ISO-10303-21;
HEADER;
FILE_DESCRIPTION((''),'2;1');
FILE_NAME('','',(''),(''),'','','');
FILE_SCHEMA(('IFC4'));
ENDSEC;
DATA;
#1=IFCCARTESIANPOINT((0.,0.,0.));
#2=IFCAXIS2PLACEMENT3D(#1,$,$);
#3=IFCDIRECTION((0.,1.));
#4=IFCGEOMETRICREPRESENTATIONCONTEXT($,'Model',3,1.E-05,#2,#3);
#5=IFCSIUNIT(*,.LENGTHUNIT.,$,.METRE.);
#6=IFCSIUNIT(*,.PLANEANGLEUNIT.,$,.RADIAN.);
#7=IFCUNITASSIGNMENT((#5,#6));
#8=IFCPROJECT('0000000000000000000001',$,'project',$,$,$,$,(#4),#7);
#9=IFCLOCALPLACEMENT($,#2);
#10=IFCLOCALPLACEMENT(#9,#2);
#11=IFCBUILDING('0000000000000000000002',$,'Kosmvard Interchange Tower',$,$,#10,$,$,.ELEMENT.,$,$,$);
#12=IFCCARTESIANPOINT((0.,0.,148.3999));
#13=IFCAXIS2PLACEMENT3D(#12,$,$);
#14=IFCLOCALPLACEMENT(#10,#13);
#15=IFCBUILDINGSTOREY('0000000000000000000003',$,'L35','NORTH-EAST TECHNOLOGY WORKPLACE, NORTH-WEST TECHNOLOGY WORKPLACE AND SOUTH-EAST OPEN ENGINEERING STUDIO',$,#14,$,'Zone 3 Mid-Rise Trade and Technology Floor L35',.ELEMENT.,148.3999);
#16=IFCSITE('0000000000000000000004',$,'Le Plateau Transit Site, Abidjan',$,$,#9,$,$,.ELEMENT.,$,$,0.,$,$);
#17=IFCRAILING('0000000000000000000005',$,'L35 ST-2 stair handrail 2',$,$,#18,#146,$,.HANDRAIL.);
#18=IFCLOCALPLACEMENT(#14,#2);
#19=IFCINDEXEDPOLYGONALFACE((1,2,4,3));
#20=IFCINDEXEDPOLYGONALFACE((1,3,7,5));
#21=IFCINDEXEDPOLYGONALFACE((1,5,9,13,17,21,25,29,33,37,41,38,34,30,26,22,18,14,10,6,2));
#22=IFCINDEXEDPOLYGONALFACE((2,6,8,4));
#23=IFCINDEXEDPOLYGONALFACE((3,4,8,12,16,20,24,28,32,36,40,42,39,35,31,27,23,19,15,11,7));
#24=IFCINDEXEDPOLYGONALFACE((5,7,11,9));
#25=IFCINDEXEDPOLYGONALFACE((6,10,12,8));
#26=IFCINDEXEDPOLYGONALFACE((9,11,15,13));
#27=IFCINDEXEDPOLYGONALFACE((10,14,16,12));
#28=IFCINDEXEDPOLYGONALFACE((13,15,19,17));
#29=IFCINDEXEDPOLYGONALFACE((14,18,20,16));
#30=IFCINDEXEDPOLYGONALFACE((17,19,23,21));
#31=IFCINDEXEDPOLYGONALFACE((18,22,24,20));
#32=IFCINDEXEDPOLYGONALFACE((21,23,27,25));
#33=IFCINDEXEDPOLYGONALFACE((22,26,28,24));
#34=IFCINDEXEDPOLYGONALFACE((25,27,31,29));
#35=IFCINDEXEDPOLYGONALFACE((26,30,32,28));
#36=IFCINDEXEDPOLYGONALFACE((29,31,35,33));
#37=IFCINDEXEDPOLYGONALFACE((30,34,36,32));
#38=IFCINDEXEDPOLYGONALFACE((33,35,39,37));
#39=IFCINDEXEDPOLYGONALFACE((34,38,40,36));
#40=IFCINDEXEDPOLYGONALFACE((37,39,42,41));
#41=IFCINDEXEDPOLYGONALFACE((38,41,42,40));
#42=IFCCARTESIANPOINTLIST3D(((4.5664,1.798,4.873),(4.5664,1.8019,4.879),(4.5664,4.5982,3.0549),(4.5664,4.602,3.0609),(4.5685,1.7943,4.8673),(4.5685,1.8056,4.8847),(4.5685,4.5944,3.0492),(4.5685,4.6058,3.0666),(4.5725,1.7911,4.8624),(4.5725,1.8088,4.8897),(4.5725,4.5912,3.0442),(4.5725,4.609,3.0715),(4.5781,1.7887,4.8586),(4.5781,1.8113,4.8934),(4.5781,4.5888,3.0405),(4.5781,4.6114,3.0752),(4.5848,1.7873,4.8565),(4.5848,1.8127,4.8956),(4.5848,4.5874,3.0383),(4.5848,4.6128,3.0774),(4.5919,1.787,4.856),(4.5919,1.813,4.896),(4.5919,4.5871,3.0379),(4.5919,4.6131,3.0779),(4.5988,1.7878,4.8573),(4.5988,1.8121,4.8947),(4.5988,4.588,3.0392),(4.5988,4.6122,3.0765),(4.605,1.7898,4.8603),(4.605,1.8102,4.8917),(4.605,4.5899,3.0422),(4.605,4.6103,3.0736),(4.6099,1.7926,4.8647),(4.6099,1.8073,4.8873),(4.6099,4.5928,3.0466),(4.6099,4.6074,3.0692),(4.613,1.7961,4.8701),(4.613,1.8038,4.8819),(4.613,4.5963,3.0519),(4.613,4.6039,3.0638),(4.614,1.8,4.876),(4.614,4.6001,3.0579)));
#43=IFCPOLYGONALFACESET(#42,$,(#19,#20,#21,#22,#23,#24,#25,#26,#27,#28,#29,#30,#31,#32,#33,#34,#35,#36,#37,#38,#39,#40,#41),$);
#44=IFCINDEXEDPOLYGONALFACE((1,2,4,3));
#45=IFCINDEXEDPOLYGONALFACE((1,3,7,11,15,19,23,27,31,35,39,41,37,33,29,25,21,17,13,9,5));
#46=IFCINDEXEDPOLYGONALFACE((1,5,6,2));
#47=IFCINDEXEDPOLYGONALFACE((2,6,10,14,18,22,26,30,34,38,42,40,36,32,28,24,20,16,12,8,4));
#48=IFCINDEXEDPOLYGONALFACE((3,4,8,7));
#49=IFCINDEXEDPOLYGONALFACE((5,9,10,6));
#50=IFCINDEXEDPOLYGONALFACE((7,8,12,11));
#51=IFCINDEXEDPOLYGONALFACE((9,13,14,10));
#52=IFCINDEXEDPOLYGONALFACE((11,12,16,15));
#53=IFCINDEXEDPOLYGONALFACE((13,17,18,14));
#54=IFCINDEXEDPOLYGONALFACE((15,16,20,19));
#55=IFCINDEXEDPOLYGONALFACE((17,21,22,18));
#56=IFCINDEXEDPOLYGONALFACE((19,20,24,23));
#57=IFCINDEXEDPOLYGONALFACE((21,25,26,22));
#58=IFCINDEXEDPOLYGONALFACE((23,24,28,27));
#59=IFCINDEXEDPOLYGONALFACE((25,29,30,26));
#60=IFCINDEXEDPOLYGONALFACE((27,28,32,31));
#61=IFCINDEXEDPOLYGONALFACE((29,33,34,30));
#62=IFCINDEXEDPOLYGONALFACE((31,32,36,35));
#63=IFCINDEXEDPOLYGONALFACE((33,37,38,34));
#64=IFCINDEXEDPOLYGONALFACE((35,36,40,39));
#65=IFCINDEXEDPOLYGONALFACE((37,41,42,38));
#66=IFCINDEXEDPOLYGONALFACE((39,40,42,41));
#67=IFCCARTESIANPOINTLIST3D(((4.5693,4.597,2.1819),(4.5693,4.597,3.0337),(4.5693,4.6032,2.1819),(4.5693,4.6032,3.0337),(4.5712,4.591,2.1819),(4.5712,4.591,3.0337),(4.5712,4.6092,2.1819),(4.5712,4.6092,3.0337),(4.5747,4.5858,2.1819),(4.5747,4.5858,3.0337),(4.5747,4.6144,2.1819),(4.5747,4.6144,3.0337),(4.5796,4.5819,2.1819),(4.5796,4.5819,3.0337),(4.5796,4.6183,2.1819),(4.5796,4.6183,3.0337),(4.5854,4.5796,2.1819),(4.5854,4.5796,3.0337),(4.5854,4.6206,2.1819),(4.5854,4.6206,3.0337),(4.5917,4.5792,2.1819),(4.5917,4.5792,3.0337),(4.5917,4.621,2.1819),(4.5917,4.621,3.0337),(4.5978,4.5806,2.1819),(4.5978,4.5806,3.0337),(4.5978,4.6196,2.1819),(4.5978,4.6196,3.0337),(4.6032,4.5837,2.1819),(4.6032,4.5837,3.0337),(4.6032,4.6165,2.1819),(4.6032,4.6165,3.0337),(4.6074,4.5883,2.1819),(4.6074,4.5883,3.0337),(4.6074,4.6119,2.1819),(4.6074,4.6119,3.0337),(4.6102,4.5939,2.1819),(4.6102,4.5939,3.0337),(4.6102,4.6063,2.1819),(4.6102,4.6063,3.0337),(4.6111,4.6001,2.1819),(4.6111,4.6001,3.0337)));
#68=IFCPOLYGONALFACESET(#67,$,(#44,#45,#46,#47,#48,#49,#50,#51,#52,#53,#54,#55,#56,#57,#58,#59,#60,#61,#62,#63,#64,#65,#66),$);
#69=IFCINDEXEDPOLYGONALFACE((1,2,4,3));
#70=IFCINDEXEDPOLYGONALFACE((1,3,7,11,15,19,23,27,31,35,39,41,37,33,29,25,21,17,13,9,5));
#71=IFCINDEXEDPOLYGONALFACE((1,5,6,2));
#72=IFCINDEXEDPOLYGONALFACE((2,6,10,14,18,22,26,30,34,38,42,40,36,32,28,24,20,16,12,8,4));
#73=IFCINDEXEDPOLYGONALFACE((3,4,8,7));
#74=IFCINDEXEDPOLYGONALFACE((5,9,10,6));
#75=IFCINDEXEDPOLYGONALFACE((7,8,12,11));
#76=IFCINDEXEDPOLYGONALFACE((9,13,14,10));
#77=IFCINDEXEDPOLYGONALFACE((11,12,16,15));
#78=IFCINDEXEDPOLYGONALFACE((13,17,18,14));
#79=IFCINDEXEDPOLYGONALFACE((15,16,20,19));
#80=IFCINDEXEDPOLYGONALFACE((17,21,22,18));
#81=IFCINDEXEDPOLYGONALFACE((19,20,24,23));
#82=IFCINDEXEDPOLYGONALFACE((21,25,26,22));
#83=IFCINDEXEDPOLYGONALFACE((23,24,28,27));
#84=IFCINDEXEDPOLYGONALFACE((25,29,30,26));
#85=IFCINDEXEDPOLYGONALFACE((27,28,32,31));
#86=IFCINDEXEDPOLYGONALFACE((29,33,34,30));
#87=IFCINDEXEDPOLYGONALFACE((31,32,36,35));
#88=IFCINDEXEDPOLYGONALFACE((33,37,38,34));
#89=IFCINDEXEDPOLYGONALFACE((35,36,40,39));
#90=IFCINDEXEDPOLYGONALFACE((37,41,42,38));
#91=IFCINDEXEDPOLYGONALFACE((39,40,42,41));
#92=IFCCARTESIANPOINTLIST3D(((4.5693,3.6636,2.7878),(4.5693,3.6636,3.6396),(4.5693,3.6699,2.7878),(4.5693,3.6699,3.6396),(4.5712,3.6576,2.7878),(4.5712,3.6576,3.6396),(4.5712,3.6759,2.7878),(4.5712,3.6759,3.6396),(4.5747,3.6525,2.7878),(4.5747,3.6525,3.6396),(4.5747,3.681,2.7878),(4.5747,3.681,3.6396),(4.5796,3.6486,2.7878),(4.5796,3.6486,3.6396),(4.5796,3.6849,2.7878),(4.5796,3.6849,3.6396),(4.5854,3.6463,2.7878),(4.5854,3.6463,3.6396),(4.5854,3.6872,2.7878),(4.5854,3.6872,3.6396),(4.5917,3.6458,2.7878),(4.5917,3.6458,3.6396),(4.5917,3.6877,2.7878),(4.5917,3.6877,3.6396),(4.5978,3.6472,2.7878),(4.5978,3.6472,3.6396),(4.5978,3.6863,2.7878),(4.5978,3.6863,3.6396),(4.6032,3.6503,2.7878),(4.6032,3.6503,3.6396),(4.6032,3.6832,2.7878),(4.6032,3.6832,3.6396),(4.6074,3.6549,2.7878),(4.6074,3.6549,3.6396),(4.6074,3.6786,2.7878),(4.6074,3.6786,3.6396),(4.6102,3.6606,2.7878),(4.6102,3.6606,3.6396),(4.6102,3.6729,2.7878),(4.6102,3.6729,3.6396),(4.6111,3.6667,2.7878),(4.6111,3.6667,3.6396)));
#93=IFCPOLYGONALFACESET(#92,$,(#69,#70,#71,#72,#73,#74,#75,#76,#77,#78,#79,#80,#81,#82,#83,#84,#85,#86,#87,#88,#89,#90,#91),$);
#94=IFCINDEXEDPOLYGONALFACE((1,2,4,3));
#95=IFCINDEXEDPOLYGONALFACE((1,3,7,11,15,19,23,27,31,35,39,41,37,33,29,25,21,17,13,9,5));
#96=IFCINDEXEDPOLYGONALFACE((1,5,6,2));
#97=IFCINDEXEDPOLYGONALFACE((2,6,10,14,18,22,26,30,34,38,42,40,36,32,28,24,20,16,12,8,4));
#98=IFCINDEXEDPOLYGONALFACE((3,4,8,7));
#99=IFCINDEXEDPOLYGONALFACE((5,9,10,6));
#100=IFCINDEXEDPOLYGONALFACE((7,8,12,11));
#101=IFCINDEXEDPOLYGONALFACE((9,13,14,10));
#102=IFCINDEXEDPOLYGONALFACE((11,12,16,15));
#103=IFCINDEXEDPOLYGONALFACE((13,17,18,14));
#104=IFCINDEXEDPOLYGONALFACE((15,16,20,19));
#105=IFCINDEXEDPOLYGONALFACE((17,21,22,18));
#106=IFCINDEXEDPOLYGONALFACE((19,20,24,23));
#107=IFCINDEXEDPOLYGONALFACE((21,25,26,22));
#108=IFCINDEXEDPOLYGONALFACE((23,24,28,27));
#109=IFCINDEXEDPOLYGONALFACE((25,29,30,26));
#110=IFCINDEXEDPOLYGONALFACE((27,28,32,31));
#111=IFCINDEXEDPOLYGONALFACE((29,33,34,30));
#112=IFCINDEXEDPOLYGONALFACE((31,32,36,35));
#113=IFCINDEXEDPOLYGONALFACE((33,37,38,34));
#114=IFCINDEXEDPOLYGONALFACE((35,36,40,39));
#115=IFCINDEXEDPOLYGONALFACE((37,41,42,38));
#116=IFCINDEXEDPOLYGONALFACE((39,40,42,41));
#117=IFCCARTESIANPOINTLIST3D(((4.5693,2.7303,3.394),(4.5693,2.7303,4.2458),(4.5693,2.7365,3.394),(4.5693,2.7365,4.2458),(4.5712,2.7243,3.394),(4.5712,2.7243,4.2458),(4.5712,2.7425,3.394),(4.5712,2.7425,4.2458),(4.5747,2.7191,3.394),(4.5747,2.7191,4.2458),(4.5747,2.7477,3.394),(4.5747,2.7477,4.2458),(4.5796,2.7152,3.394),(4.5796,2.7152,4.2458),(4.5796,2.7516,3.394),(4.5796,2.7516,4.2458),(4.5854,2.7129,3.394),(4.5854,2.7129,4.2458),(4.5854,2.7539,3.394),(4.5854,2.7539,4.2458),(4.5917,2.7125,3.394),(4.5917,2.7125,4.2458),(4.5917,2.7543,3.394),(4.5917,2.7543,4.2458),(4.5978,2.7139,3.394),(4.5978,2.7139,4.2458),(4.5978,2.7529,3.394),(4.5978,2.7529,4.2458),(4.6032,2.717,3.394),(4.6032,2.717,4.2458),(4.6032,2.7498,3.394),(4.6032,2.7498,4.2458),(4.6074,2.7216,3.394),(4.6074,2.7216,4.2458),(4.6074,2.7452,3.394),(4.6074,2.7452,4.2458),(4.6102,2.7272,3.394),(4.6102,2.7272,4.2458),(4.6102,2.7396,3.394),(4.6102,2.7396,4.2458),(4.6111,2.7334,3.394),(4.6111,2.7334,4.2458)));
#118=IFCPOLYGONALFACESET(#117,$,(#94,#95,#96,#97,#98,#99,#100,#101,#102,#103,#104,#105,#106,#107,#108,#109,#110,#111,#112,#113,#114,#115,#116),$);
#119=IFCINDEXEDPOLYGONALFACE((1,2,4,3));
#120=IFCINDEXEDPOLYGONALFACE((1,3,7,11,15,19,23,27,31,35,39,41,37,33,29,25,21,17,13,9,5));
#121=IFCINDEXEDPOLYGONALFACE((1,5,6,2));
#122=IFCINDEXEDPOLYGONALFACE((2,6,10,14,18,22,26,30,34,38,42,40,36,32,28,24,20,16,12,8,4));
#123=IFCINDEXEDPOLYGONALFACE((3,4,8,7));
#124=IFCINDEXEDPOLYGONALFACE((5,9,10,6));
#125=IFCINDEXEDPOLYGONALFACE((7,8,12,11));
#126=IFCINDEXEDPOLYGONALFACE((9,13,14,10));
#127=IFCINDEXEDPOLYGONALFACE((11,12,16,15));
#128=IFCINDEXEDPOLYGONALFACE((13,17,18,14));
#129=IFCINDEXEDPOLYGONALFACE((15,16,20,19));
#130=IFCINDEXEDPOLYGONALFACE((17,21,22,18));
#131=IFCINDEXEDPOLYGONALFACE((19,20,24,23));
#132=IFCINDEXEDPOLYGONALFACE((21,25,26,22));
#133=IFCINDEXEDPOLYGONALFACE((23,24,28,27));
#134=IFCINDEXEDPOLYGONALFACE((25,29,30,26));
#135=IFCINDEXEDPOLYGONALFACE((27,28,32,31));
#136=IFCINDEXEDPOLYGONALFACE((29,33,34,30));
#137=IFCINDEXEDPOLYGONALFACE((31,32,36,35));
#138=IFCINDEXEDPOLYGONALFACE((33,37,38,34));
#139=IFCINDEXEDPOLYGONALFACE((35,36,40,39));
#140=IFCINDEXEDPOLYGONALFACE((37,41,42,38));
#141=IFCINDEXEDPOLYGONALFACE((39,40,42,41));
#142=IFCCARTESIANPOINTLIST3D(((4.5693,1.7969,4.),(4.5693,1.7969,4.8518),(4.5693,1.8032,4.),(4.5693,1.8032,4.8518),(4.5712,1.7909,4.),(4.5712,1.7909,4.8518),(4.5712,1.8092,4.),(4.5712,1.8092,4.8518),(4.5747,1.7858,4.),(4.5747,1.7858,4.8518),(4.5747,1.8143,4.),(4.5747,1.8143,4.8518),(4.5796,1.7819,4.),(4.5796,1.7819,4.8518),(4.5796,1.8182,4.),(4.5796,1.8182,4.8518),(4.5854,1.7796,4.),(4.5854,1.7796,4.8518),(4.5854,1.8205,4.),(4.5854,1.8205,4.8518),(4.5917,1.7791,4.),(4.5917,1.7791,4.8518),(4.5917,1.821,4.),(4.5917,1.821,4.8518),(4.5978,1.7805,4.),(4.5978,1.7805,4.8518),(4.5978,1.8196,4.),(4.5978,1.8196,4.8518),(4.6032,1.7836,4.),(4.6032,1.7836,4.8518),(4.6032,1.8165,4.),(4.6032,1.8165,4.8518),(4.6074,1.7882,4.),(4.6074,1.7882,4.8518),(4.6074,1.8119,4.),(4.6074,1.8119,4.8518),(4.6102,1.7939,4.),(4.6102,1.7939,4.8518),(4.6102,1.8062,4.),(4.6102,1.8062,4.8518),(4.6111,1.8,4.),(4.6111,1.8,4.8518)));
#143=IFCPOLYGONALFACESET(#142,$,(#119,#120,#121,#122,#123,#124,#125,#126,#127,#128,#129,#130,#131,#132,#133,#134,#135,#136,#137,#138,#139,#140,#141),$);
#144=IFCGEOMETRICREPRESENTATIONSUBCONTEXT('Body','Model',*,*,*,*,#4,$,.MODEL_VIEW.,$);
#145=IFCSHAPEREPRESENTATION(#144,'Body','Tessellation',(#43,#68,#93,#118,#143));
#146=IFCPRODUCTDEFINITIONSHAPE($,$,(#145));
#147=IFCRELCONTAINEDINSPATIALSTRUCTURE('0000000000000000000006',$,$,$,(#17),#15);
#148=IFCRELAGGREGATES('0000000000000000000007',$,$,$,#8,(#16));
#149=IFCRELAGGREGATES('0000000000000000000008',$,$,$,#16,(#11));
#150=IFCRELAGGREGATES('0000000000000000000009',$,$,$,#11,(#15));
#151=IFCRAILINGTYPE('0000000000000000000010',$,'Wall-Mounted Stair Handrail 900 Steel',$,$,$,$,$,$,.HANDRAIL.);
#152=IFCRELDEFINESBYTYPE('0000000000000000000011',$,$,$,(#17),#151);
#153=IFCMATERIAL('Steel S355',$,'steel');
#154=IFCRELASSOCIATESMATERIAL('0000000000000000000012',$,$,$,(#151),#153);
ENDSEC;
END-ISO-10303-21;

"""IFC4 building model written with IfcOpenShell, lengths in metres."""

from ifc_helpers import new_model, si_unit, direction, frame, origin, origin_2d, place, context, subcontext, project, spatial, circle, extrude, source, transform, mapped, material, type_object, element, save


model = new_model("IFC4")

# Units and contexts
model_context = context("Model", 3, precision=1e-05, world=origin(), true_north=direction((0.0, 1.0)))
body_context = subcontext(model_context, "Body", "Model", "MODEL_VIEW")
ifc_project = project(units=[si_unit("LENGTHUNIT", "METRE"), si_unit("PLANEANGLEUNIT", "RADIAN")], contexts=[model_context])

# Site, building, storey
site_placement = place(None, origin())
site = spatial("IfcSite", under=ifc_project, at=site_placement, Name="Le Plateau Transit Site, Abidjan", CompositionType="ELEMENT", RefElevation=0.0)
building_placement = place(site_placement, origin())
building = spatial("IfcBuilding", under=site, at=building_placement, Name="Kosmvard Interchange Tower", CompositionType="ELEMENT")
storey_placement = place(building_placement, frame((0.0, 0.0, 148.3999)))
storey = spatial("IfcBuildingStorey", under=building, at=storey_placement, Name="L35", Description="NORTH-EAST TECHNOLOGY WORKPLACE, NORTH-WEST TECHNOLOGY WORKPLACE AND SOUTH-EAST OPEN ENGINEERING STUDIO", LongName="Zone 3 Mid-Rise Trade and Technology Floor L35", CompositionType="ELEMENT", Elevation=148.3999)

# Railing
ifc_material_1 = material(Name="Steel S355", Category="steel")
railing_type_1 = type_object("IfcRailingType", Name="Wall-Mounted Stair Handrail 900 Steel", PredefinedType="HANDRAIL", material=ifc_material_1)
shared_shape_1 = source(origin(), body_context, "Body", "SweptSolid", [
    extrude(circle(Radius=0.0239, at=origin_2d()), frame((0.0, 0.0, 0.876), z_axis=(0.0, -0.838706, 0.544585), x_axis=(1.0, 0.0, 0.0)), (0.0, 0.0, 1.0), 3.3386),
    extrude(circle(Radius=0.021, at=origin_2d()), origin(), (0.0, 0.0, 1.0), 0.8518),
    extrude(circle(Radius=0.021, at=origin_2d()), frame((0.0, -0.9333, 0.606)), (0.0, 0.0, 1.0), 0.8518),
    extrude(circle(Radius=0.021, at=origin_2d()), frame((0.0, -1.8667, 1.2122)), (0.0, 0.0, 1.0), 0.8518),
    extrude(circle(Radius=0.021, at=origin_2d()), frame((0.0, -2.8, 1.8181)), (0.0, 0.0, 1.0), 0.8518),
])
railing_1_placement = place(storey_placement, frame((4.5901, 4.6001, 2.1819)))
element("IfcRailing", 1, at=railing_1_placement, inside=storey, type_object=railing_type_1, Name="L35 ST-2 stair handrail 2", PredefinedType="HANDRAIL", context=body_context, shape_type="MappedRepresentation", body=[
    mapped(shared_shape_1, transform((0.0, 0.0, 0.0), scale=1.0)),
])

save(model, "model.ifc")
